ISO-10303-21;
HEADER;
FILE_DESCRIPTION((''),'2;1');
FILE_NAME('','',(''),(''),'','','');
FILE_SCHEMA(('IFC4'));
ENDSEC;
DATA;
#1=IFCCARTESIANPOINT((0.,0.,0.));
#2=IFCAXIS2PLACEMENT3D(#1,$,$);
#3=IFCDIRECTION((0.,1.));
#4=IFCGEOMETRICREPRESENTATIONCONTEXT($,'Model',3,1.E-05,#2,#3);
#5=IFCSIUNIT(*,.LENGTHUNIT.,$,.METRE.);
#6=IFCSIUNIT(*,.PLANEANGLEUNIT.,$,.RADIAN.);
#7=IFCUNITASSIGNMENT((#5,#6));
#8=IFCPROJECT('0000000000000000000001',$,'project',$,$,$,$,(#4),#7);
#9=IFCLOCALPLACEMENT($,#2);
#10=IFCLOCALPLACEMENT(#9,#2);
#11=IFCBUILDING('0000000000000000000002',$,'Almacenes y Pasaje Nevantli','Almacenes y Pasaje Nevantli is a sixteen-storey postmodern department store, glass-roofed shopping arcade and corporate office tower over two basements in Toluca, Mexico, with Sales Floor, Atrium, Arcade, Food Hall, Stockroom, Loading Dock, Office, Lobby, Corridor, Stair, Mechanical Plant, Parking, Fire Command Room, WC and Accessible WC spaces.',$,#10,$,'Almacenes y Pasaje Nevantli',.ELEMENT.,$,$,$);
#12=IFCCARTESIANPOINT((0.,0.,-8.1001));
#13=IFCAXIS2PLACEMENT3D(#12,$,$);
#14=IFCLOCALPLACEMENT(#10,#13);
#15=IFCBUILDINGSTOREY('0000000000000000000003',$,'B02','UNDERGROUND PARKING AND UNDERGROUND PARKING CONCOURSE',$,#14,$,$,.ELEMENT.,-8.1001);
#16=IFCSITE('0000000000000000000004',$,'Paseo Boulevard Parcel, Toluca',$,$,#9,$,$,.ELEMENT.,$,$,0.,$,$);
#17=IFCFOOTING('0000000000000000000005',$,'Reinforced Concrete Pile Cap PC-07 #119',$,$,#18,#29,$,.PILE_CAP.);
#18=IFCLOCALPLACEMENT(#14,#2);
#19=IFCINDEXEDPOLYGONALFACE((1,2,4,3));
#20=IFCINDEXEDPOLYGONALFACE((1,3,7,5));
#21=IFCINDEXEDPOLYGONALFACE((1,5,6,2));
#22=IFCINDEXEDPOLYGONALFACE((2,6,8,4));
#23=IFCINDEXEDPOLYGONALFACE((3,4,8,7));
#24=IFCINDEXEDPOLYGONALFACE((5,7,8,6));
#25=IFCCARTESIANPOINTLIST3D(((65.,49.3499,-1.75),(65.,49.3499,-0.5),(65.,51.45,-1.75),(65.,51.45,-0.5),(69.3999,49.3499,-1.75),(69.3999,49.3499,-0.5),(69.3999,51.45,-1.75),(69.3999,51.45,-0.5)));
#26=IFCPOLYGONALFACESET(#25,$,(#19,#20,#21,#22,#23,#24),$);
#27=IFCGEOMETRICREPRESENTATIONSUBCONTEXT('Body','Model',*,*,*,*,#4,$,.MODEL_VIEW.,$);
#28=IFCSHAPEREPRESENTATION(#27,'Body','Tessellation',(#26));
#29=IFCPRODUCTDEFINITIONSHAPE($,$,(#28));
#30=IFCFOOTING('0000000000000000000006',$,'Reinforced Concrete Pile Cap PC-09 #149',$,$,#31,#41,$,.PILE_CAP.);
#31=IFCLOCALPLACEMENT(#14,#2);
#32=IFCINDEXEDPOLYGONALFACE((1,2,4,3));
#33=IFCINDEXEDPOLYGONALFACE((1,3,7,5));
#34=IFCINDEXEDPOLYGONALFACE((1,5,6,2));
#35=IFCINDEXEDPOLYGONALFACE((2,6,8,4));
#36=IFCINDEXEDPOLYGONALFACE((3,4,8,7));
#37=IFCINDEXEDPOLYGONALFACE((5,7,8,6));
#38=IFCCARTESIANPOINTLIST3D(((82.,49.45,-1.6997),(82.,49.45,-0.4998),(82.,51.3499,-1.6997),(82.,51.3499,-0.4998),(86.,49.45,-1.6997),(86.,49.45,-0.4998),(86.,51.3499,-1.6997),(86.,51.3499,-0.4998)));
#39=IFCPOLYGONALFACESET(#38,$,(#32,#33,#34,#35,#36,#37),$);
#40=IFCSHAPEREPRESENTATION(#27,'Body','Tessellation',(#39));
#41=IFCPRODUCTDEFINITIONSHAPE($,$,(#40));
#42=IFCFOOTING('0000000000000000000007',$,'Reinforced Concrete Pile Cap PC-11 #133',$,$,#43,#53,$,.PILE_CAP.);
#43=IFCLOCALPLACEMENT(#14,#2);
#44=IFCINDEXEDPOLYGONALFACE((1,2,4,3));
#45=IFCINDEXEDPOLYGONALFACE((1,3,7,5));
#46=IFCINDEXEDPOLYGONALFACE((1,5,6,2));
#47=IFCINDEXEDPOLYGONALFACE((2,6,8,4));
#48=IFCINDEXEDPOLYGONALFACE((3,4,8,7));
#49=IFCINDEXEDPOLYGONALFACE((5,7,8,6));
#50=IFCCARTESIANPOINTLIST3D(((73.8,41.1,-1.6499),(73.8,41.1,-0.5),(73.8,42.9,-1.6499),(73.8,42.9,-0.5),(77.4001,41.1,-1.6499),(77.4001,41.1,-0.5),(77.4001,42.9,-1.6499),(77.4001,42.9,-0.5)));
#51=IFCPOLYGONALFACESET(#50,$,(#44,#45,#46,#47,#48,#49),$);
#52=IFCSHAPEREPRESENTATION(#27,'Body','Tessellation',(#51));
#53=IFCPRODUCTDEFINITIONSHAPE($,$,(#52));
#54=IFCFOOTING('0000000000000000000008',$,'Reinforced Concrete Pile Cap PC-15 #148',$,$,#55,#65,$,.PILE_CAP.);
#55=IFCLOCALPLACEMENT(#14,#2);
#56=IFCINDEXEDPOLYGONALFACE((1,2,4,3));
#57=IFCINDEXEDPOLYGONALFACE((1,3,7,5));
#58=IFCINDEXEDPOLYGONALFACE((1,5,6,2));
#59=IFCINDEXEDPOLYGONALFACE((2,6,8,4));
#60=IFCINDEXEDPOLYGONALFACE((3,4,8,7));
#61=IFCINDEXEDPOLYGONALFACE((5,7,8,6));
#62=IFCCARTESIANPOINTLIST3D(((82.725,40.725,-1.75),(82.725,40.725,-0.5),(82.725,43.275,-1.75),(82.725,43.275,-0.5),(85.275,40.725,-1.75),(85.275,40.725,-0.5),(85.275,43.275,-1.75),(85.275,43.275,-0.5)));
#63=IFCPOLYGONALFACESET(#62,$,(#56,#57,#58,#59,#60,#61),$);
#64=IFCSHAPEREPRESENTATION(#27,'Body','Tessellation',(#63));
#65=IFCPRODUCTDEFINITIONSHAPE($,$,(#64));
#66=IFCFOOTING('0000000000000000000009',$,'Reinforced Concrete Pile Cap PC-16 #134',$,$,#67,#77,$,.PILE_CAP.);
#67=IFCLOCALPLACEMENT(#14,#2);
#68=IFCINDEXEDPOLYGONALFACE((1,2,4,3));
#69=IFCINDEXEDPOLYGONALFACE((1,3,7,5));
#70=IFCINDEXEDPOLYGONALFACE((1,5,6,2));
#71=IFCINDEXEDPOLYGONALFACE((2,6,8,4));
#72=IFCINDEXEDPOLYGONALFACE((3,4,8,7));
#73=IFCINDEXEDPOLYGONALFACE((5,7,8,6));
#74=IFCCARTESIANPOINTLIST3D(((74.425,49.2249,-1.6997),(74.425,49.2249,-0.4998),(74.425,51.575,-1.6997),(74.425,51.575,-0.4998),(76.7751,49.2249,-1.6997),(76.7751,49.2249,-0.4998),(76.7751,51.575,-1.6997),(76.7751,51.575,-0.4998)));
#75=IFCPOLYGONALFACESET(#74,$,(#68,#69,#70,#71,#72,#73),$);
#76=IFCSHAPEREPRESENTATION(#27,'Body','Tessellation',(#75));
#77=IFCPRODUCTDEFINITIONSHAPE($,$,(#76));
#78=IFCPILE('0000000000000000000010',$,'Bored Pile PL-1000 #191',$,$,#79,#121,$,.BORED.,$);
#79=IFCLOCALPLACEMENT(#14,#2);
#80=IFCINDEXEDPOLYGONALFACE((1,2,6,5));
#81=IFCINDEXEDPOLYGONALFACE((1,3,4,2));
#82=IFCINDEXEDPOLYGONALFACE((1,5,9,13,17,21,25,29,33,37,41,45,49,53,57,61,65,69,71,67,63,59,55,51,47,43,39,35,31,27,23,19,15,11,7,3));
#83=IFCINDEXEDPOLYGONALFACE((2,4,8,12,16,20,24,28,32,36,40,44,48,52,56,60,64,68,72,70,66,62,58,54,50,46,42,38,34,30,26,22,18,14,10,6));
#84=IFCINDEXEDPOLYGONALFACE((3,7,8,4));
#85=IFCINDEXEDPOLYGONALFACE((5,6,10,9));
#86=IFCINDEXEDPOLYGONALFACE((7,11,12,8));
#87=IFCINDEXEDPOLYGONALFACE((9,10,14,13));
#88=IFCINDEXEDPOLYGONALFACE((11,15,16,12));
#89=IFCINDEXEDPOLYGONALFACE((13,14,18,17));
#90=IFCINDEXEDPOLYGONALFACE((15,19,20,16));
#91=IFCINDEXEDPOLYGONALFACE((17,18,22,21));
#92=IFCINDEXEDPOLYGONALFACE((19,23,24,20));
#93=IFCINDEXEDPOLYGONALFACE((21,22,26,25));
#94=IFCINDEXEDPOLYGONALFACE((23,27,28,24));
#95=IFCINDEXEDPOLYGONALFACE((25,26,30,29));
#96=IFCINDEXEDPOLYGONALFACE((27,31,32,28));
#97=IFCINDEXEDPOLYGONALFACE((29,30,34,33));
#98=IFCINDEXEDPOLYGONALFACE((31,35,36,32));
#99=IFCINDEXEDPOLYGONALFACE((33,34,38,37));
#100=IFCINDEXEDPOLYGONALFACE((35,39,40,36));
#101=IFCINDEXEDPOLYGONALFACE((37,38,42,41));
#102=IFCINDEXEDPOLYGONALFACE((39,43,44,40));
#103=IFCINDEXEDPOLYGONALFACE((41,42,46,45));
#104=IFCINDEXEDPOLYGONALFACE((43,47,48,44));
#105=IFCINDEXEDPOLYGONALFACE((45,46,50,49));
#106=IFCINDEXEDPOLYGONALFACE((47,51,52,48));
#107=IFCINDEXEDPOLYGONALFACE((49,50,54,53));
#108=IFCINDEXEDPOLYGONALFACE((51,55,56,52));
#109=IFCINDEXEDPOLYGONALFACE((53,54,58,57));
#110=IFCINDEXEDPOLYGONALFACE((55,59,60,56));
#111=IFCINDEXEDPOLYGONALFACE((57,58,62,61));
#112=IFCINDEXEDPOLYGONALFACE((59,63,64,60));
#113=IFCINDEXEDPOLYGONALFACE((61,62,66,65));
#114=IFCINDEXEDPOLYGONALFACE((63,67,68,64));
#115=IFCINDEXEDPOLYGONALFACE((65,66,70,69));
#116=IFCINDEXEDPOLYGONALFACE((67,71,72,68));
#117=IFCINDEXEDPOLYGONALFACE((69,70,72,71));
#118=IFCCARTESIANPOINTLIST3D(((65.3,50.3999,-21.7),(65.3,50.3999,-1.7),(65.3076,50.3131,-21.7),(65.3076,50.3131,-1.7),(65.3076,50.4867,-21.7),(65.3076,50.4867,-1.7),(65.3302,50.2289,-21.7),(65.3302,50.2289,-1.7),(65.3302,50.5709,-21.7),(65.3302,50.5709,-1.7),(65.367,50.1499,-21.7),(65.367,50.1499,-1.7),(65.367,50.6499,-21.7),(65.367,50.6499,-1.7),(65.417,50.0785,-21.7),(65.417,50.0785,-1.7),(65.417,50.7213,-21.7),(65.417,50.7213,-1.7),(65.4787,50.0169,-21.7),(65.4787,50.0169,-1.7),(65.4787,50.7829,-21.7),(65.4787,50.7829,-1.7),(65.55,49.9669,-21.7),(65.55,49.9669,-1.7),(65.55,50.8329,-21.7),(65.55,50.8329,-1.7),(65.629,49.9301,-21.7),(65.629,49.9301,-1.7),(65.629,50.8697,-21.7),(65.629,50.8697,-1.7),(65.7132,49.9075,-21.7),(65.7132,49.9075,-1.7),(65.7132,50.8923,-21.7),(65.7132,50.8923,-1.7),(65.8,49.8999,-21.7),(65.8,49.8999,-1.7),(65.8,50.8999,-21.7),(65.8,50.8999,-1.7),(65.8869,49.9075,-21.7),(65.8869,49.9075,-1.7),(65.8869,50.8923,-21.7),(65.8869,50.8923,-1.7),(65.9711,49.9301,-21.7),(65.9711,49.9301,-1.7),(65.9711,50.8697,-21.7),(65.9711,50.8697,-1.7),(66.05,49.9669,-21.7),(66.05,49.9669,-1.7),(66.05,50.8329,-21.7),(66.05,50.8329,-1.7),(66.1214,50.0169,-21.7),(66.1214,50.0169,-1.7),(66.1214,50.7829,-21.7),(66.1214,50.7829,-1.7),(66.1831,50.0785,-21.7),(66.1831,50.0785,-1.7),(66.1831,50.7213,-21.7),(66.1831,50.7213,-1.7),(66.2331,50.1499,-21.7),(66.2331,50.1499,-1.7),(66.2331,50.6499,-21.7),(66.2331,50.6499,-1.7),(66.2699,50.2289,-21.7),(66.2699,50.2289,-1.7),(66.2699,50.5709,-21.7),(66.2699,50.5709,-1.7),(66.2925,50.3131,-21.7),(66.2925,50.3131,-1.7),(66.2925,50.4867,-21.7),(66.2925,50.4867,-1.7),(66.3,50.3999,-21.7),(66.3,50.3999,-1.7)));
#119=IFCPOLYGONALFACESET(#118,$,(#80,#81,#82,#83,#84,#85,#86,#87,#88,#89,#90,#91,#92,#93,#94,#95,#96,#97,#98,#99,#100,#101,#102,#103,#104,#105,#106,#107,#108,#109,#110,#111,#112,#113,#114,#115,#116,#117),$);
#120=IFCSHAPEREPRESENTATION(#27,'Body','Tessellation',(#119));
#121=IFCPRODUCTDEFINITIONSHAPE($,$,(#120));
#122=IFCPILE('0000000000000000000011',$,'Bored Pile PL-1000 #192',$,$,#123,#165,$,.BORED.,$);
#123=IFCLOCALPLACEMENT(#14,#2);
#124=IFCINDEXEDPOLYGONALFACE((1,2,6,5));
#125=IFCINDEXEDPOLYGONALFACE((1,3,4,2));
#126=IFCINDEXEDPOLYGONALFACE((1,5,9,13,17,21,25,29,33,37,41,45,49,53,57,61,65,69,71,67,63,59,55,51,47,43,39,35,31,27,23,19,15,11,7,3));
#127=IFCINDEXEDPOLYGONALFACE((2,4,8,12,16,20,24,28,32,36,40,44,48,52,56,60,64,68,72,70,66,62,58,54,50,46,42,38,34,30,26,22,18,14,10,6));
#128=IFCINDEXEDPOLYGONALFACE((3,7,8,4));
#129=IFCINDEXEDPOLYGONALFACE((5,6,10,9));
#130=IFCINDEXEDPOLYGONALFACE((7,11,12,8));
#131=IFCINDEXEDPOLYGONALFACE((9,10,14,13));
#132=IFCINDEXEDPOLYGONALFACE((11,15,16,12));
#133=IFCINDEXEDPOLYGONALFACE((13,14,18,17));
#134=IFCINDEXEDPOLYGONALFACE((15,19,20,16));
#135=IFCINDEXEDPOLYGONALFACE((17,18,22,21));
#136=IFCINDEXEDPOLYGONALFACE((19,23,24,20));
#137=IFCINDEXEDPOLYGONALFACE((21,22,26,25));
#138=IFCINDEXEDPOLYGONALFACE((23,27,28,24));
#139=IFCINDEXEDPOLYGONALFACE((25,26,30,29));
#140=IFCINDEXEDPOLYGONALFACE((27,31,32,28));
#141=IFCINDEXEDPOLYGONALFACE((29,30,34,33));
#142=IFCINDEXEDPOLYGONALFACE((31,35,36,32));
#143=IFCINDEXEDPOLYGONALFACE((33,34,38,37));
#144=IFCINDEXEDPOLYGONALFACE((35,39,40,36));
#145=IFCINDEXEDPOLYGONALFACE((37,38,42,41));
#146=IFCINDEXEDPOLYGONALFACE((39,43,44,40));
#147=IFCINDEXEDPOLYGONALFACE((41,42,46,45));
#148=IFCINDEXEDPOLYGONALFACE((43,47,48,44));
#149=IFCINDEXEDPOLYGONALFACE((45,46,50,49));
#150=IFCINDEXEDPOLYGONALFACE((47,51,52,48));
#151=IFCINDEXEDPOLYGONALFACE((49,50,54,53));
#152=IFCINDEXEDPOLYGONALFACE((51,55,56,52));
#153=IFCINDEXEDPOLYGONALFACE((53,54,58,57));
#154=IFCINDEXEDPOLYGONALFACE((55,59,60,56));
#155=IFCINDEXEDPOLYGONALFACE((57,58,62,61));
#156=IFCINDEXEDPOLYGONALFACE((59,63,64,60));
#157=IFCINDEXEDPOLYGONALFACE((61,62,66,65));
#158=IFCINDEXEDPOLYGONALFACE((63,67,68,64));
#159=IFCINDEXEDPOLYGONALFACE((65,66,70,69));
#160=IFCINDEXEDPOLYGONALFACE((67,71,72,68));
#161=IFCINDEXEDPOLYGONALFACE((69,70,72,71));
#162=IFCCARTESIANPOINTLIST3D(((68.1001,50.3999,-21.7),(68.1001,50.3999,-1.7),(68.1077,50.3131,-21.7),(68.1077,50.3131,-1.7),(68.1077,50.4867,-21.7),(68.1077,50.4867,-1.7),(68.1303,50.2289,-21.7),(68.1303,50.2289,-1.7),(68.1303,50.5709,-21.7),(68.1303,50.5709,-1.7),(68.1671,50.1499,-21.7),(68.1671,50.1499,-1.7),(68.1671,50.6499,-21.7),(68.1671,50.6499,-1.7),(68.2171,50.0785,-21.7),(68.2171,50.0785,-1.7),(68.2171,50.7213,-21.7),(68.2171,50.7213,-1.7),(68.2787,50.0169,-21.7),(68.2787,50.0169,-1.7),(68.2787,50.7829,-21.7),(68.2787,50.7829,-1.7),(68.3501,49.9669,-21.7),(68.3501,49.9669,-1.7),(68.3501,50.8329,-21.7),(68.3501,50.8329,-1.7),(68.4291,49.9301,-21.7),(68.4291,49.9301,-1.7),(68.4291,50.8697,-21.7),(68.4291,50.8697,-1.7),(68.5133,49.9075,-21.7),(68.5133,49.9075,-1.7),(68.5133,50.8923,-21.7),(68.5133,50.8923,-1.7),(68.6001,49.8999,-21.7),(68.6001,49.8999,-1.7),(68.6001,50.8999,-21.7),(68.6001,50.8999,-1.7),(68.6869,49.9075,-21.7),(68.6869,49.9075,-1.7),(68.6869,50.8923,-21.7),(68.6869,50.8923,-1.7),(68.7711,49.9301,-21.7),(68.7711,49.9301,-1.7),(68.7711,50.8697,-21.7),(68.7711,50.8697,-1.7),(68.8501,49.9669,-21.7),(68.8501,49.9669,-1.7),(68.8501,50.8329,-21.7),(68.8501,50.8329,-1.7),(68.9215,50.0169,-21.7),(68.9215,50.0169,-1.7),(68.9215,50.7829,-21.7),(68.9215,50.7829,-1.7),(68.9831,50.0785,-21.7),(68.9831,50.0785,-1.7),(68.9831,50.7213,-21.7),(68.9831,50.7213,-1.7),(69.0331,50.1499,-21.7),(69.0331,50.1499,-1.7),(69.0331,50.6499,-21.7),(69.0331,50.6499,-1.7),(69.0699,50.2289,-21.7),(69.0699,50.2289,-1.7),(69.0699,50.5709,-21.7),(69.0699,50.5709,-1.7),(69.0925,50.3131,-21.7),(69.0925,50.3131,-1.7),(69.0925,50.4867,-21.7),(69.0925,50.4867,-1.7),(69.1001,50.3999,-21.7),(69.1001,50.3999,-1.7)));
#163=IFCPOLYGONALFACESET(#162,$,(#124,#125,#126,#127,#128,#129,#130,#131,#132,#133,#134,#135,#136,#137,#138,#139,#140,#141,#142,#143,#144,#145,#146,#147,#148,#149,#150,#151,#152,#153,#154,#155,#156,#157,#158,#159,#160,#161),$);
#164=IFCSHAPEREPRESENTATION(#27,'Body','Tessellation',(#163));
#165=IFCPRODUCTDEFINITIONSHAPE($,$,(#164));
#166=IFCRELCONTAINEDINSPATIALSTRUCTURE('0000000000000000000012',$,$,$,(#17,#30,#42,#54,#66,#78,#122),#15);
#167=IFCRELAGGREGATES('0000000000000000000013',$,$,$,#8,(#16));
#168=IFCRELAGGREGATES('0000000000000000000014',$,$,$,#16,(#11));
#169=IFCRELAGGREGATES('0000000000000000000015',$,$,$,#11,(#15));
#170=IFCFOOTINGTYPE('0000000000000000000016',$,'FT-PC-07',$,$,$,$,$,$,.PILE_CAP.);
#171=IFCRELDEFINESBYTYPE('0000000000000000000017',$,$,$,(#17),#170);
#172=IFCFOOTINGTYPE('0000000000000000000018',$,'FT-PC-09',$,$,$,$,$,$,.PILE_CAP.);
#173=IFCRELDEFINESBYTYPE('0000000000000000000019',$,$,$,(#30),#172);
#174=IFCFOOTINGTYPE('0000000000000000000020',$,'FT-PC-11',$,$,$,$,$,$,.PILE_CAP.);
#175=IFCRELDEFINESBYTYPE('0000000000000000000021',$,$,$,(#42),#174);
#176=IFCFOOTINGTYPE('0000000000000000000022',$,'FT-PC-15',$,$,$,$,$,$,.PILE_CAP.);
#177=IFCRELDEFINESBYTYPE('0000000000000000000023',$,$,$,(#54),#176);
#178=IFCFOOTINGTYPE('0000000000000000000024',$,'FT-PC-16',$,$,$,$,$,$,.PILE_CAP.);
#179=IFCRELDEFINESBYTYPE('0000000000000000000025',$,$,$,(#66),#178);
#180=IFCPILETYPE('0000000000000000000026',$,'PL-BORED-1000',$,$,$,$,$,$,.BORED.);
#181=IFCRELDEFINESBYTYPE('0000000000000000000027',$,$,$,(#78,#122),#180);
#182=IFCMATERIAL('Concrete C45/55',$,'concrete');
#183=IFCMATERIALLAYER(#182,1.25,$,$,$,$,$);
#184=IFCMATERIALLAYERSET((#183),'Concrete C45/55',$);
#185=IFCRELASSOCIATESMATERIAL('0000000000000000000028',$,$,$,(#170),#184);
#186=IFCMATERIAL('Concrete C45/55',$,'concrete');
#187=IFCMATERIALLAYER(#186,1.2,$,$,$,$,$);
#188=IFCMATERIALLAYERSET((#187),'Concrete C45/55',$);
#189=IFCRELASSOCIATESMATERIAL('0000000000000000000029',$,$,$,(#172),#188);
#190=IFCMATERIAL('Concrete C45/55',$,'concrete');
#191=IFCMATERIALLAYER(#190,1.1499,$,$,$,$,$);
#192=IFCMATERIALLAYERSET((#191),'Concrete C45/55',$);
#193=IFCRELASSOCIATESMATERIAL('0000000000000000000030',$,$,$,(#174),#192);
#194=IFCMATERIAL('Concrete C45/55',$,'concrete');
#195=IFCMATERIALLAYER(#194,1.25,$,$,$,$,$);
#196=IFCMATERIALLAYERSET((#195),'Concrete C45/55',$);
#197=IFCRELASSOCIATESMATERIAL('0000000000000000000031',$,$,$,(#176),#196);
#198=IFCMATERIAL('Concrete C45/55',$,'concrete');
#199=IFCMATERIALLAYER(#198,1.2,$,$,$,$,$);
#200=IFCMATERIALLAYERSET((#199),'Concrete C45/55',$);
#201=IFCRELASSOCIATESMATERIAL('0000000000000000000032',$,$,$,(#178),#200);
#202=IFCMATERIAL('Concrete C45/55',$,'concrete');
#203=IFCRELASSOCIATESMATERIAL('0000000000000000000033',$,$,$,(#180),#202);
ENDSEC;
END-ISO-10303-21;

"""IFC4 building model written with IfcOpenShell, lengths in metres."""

from ifc_helpers import new_model, si_unit, direction, frame, origin, origin_2d, place, context, subcontext, project, spatial, rectangle, circle, extrude, material, layer, layer_set, material_profile, profile_set, type_object, element, save


model = new_model("IFC4")

# Units and contexts
model_context = context("Model", 3, precision=1e-05, world=origin(), true_north=direction((0.0, 1.0)))
body_context = subcontext(model_context, "Body", "Model", "MODEL_VIEW")
ifc_project = project(units=[si_unit("LENGTHUNIT", "METRE"), si_unit("PLANEANGLEUNIT", "RADIAN")], contexts=[model_context])

# Site, building, storey
site_placement = place(None, origin())
site = spatial("IfcSite", under=ifc_project, at=site_placement, Name="Paseo Boulevard Parcel, Toluca", CompositionType="ELEMENT", RefElevation=0.0)
building_placement = place(site_placement, origin())
building = spatial("IfcBuilding", under=site, at=building_placement, Name="Almacenes y Pasaje Nevantli", Description="Almacenes y Pasaje Nevantli is a sixteen-storey postmodern department store, glass-roofed shopping arcade and corporate office tower over two basements in Toluca, Mexico, with Sales Floor, Atrium, Arcade, Food Hall, Stockroom, Loading Dock, Office, Lobby, Corridor, Stair, Mechanical Plant, Parking, Fire Command Room, WC and Accessible WC spaces.", LongName="Almacenes y Pasaje Nevantli", CompositionType="ELEMENT")
storey_placement = place(building_placement, frame((0.0, 0.0, -8.1001)))
storey = spatial("IfcBuildingStorey", under=building, at=storey_placement, Name="B02", Description="UNDERGROUND PARKING AND UNDERGROUND PARKING CONCOURSE", CompositionType="ELEMENT", Elevation=-8.1001)

# Footings
ifc_material_1 = material(Name="Concrete C45/55", Category="concrete")
ifc_layer_1 = layer(ifc_material_1, 1.25)
ifc_layer_set_1 = layer_set([ifc_layer_1], Name="Concrete C45/55")
footing_type_1 = type_object("IfcFootingType", Name="FT-PC-07", PredefinedType="PILE_CAP", material=ifc_layer_set_1)
footing_1_placement = place(storey_placement, frame((67.2, 50.3999, -1.75), z_axis=(0.0, 0.0, 1.0), x_axis=(1.0, 0.0, 0.0)))
element("IfcFooting", 1, at=footing_1_placement, inside=storey, type_object=footing_type_1, Name="Reinforced Concrete Pile Cap PC-07 #119", PredefinedType="PILE_CAP", context=body_context, shape_type="SweptSolid", body=[
    extrude(rectangle(XDim=4.3999, YDim=2.1001, at=origin_2d()), origin(), (0.0, 0.0, 1.0), 1.25),
])
ifc_material_2 = material(Name="Concrete C45/55", Category="concrete")
ifc_layer_2 = layer(ifc_material_2, 1.2)
ifc_layer_set_2 = layer_set([ifc_layer_2], Name="Concrete C45/55")
footing_type_2 = type_object("IfcFootingType", Name="FT-PC-09", PredefinedType="PILE_CAP", material=ifc_layer_set_2)
footing_2_placement = place(storey_placement, frame((84.0, 50.3999, -1.6997), z_axis=(0.0, 0.0, 1.0), x_axis=(1.0, 0.0, 0.0)))
element("IfcFooting", 2, at=footing_2_placement, inside=storey, type_object=footing_type_2, Name="Reinforced Concrete Pile Cap PC-09 #149", PredefinedType="PILE_CAP", context=body_context, shape_type="SweptSolid", body=[
    extrude(rectangle(XDim=4.0, YDim=1.8999, at=origin_2d()), origin(), (0.0, 0.0, 1.0), 1.2),
])
ifc_material_3 = material(Name="Concrete C45/55", Category="concrete")
ifc_layer_3 = layer(ifc_material_3, 1.1499)
ifc_layer_set_3 = layer_set([ifc_layer_3], Name="Concrete C45/55")
footing_type_3 = type_object("IfcFootingType", Name="FT-PC-11", PredefinedType="PILE_CAP", material=ifc_layer_set_3)
footing_3_placement = place(storey_placement, frame((75.6001, 42.0, -1.6499), z_axis=(0.0, 0.0, 1.0), x_axis=(1.0, 0.0, 0.0)))
element("IfcFooting", 3, at=footing_3_placement, inside=storey, type_object=footing_type_3, Name="Reinforced Concrete Pile Cap PC-11 #133", PredefinedType="PILE_CAP", context=body_context, shape_type="SweptSolid", body=[
    extrude(rectangle(XDim=3.6001, YDim=1.8, at=origin_2d()), origin(), (0.0, 0.0, 1.0), 1.1499),
])
ifc_material_4 = material(Name="Concrete C45/55", Category="concrete")
ifc_layer_4 = layer(ifc_material_4, 1.25)
ifc_layer_set_4 = layer_set([ifc_layer_4], Name="Concrete C45/55")
footing_type_4 = type_object("IfcFootingType", Name="FT-PC-15", PredefinedType="PILE_CAP", material=ifc_layer_set_4)
footing_4_placement = place(storey_placement, frame((84.0, 42.0, -1.75), z_axis=(0.0, 0.0, 1.0), x_axis=(1.0, 0.0, 0.0)))
element("IfcFooting", 4, at=footing_4_placement, inside=storey, type_object=footing_type_4, Name="Reinforced Concrete Pile Cap PC-15 #148", PredefinedType="PILE_CAP", context=body_context, shape_type="SweptSolid", body=[
    extrude(rectangle(XDim=2.55, YDim=2.55, at=origin_2d()), origin(), (0.0, 0.0, 1.0), 1.25),
])
ifc_material_5 = material(Name="Concrete C45/55", Category="concrete")
ifc_layer_5 = layer(ifc_material_5, 1.2)
ifc_layer_set_5 = layer_set([ifc_layer_5], Name="Concrete C45/55")
footing_type_5 = type_object("IfcFootingType", Name="FT-PC-16", PredefinedType="PILE_CAP", material=ifc_layer_set_5)
footing_5_placement = place(storey_placement, frame((75.6001, 50.3999, -1.6997), z_axis=(0.0, 0.0, 1.0), x_axis=(1.0, 0.0, 0.0)))
element("IfcFooting", 5, at=footing_5_placement, inside=storey, type_object=footing_type_5, Name="Reinforced Concrete Pile Cap PC-16 #134", PredefinedType="PILE_CAP", context=body_context, shape_type="SweptSolid", body=[
    extrude(rectangle(XDim=2.3501, YDim=2.3501, at=origin_2d()), origin(), (0.0, 0.0, 1.0), 1.2),
])

# Piles
ifc_material_6 = material(Name="Concrete C45/55", Category="concrete")
ifc_material_profile_1 = material_profile(ifc_material_6, circle(Radius=0.5, at=origin_2d()), Name="RC-PILE-D1000")
ifc_profile_set_1 = profile_set([ifc_material_profile_1], Name="Concrete C45/55")
pile_type_1 = type_object("IfcPileType", Name="PL-BORED-1000", PredefinedType="BORED", material=ifc_profile_set_1)
for number, where, z_axis, x_axis, name in (
    (6, (65.8, 50.3999, -1.7), (0.0, 0.0, -1.0), (1.0, 0.0, 0.0), "Bored Pile PL-1000 #191"),
    (7, (68.6001, 50.3999, -1.7), (0.0, 0.0, -1.0), (1.0, 0.0, 0.0), "Bored Pile PL-1000 #192"),
):
    element("IfcPile", number, at=place(storey_placement, frame(where, z_axis=z_axis, x_axis=x_axis)), inside=storey, type_object=pile_type_1, Name=name, PredefinedType="BORED", context=body_context, shape_type="SweptSolid", body=[
        extrude(circle(Radius=0.5, at=origin_2d()), origin(), (0.0, 0.0, 1.0), 20.0),
    ])

save(model, "model.ifc")
